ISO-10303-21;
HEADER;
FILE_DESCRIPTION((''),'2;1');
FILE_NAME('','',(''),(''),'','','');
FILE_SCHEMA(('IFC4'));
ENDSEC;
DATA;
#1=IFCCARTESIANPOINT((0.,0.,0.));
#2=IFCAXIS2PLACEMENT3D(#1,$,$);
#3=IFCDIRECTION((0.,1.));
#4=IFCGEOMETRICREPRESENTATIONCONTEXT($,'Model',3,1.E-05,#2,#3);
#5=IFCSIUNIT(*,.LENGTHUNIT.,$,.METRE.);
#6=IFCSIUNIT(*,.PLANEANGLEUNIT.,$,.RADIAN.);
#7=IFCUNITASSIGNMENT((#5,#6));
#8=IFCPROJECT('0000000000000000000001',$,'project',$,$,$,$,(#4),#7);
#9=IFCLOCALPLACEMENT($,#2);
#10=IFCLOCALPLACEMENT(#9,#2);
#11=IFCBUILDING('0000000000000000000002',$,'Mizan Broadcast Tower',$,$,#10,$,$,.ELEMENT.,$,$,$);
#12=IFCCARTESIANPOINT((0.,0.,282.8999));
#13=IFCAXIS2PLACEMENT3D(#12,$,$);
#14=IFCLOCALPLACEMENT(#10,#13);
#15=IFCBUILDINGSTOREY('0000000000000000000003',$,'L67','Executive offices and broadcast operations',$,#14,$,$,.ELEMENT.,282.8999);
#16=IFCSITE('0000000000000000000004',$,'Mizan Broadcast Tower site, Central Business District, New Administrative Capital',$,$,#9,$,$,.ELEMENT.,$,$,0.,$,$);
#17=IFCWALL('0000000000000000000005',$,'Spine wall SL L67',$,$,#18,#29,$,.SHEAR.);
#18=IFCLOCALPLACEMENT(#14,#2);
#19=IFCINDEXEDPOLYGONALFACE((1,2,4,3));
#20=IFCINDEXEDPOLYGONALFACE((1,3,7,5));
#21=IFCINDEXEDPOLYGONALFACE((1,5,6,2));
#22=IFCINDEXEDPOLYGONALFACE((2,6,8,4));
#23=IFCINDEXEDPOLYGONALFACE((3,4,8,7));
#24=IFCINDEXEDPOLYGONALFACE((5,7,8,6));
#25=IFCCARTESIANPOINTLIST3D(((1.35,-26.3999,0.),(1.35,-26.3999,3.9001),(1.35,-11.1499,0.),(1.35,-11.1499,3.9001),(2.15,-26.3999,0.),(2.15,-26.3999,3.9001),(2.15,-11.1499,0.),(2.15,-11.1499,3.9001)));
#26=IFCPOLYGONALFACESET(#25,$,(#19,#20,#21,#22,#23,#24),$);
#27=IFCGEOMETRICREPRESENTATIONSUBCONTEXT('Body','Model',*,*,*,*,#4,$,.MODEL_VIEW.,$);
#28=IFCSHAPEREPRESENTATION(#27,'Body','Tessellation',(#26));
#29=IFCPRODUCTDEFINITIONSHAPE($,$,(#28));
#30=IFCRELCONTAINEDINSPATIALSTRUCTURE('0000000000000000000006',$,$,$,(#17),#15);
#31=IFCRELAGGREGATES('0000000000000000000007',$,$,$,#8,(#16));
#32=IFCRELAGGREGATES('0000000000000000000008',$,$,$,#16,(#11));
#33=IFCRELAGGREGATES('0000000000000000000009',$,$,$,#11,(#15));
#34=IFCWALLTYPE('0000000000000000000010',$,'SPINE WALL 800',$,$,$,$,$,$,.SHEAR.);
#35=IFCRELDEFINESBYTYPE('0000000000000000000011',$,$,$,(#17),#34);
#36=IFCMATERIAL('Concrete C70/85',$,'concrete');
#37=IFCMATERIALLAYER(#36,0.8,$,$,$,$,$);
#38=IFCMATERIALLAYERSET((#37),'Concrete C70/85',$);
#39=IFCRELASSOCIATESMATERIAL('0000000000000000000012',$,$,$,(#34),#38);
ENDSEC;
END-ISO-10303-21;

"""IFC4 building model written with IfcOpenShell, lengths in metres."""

from ifc_helpers import new_model, si_unit, direction, frame, frame_2d, origin, place, context, subcontext, project, spatial, rectangle, extrude, material, layer, layer_set, type_object, element, save


model = new_model("IFC4")

# Units and contexts
model_context = context("Model", 3, precision=1e-05, world=origin(), true_north=direction((0.0, 1.0)))
body_context = subcontext(model_context, "Body", "Model", "MODEL_VIEW")
ifc_project = project(units=[si_unit("LENGTHUNIT", "METRE"), si_unit("PLANEANGLEUNIT", "RADIAN")], contexts=[model_context])

# Site, building, storey
site_placement = place(None, origin())
site = spatial("IfcSite", under=ifc_project, at=site_placement, Name="Mizan Broadcast Tower site, Central Business District, New Administrative Capital", CompositionType="ELEMENT", RefElevation=0.0)
building_placement = place(site_placement, origin())
building = spatial("IfcBuilding", under=site, at=building_placement, Name="Mizan Broadcast Tower", CompositionType="ELEMENT")
storey_placement = place(building_placement, frame((0.0, 0.0, 282.8999)))
storey = spatial("IfcBuildingStorey", under=building, at=storey_placement, Name="L67", Description="Executive offices and broadcast operations", CompositionType="ELEMENT", Elevation=282.8999)

# Wall
ifc_material_1 = material(Name="Concrete C70/85", Category="concrete")
ifc_layer_1 = layer(ifc_material_1, 0.8)
ifc_layer_set_1 = layer_set([ifc_layer_1], Name="Concrete C70/85")
wall_type_1 = type_object("IfcWallType", Name="SPINE WALL 800", PredefinedType="SHEAR", material=ifc_layer_set_1)
wall_1_placement = place(storey_placement, frame((1.75, -11.1499, 0.0), z_axis=(0.0, 0.0, 1.0), x_axis=(0.0, -1.0, 0.0)))
element("IfcWall", 1, at=wall_1_placement, inside=storey, type_object=wall_type_1, Name="Spine wall SL L67", PredefinedType="SHEAR", context=body_context, shape_type="SweptSolid", body=[
    extrude(rectangle(XDim=15.25, YDim=0.8, at=frame_2d((7.625, 0.0))), origin(), (0.0, 0.0, 1.0), 3.9001),
])

save(model, "model.ifc")
